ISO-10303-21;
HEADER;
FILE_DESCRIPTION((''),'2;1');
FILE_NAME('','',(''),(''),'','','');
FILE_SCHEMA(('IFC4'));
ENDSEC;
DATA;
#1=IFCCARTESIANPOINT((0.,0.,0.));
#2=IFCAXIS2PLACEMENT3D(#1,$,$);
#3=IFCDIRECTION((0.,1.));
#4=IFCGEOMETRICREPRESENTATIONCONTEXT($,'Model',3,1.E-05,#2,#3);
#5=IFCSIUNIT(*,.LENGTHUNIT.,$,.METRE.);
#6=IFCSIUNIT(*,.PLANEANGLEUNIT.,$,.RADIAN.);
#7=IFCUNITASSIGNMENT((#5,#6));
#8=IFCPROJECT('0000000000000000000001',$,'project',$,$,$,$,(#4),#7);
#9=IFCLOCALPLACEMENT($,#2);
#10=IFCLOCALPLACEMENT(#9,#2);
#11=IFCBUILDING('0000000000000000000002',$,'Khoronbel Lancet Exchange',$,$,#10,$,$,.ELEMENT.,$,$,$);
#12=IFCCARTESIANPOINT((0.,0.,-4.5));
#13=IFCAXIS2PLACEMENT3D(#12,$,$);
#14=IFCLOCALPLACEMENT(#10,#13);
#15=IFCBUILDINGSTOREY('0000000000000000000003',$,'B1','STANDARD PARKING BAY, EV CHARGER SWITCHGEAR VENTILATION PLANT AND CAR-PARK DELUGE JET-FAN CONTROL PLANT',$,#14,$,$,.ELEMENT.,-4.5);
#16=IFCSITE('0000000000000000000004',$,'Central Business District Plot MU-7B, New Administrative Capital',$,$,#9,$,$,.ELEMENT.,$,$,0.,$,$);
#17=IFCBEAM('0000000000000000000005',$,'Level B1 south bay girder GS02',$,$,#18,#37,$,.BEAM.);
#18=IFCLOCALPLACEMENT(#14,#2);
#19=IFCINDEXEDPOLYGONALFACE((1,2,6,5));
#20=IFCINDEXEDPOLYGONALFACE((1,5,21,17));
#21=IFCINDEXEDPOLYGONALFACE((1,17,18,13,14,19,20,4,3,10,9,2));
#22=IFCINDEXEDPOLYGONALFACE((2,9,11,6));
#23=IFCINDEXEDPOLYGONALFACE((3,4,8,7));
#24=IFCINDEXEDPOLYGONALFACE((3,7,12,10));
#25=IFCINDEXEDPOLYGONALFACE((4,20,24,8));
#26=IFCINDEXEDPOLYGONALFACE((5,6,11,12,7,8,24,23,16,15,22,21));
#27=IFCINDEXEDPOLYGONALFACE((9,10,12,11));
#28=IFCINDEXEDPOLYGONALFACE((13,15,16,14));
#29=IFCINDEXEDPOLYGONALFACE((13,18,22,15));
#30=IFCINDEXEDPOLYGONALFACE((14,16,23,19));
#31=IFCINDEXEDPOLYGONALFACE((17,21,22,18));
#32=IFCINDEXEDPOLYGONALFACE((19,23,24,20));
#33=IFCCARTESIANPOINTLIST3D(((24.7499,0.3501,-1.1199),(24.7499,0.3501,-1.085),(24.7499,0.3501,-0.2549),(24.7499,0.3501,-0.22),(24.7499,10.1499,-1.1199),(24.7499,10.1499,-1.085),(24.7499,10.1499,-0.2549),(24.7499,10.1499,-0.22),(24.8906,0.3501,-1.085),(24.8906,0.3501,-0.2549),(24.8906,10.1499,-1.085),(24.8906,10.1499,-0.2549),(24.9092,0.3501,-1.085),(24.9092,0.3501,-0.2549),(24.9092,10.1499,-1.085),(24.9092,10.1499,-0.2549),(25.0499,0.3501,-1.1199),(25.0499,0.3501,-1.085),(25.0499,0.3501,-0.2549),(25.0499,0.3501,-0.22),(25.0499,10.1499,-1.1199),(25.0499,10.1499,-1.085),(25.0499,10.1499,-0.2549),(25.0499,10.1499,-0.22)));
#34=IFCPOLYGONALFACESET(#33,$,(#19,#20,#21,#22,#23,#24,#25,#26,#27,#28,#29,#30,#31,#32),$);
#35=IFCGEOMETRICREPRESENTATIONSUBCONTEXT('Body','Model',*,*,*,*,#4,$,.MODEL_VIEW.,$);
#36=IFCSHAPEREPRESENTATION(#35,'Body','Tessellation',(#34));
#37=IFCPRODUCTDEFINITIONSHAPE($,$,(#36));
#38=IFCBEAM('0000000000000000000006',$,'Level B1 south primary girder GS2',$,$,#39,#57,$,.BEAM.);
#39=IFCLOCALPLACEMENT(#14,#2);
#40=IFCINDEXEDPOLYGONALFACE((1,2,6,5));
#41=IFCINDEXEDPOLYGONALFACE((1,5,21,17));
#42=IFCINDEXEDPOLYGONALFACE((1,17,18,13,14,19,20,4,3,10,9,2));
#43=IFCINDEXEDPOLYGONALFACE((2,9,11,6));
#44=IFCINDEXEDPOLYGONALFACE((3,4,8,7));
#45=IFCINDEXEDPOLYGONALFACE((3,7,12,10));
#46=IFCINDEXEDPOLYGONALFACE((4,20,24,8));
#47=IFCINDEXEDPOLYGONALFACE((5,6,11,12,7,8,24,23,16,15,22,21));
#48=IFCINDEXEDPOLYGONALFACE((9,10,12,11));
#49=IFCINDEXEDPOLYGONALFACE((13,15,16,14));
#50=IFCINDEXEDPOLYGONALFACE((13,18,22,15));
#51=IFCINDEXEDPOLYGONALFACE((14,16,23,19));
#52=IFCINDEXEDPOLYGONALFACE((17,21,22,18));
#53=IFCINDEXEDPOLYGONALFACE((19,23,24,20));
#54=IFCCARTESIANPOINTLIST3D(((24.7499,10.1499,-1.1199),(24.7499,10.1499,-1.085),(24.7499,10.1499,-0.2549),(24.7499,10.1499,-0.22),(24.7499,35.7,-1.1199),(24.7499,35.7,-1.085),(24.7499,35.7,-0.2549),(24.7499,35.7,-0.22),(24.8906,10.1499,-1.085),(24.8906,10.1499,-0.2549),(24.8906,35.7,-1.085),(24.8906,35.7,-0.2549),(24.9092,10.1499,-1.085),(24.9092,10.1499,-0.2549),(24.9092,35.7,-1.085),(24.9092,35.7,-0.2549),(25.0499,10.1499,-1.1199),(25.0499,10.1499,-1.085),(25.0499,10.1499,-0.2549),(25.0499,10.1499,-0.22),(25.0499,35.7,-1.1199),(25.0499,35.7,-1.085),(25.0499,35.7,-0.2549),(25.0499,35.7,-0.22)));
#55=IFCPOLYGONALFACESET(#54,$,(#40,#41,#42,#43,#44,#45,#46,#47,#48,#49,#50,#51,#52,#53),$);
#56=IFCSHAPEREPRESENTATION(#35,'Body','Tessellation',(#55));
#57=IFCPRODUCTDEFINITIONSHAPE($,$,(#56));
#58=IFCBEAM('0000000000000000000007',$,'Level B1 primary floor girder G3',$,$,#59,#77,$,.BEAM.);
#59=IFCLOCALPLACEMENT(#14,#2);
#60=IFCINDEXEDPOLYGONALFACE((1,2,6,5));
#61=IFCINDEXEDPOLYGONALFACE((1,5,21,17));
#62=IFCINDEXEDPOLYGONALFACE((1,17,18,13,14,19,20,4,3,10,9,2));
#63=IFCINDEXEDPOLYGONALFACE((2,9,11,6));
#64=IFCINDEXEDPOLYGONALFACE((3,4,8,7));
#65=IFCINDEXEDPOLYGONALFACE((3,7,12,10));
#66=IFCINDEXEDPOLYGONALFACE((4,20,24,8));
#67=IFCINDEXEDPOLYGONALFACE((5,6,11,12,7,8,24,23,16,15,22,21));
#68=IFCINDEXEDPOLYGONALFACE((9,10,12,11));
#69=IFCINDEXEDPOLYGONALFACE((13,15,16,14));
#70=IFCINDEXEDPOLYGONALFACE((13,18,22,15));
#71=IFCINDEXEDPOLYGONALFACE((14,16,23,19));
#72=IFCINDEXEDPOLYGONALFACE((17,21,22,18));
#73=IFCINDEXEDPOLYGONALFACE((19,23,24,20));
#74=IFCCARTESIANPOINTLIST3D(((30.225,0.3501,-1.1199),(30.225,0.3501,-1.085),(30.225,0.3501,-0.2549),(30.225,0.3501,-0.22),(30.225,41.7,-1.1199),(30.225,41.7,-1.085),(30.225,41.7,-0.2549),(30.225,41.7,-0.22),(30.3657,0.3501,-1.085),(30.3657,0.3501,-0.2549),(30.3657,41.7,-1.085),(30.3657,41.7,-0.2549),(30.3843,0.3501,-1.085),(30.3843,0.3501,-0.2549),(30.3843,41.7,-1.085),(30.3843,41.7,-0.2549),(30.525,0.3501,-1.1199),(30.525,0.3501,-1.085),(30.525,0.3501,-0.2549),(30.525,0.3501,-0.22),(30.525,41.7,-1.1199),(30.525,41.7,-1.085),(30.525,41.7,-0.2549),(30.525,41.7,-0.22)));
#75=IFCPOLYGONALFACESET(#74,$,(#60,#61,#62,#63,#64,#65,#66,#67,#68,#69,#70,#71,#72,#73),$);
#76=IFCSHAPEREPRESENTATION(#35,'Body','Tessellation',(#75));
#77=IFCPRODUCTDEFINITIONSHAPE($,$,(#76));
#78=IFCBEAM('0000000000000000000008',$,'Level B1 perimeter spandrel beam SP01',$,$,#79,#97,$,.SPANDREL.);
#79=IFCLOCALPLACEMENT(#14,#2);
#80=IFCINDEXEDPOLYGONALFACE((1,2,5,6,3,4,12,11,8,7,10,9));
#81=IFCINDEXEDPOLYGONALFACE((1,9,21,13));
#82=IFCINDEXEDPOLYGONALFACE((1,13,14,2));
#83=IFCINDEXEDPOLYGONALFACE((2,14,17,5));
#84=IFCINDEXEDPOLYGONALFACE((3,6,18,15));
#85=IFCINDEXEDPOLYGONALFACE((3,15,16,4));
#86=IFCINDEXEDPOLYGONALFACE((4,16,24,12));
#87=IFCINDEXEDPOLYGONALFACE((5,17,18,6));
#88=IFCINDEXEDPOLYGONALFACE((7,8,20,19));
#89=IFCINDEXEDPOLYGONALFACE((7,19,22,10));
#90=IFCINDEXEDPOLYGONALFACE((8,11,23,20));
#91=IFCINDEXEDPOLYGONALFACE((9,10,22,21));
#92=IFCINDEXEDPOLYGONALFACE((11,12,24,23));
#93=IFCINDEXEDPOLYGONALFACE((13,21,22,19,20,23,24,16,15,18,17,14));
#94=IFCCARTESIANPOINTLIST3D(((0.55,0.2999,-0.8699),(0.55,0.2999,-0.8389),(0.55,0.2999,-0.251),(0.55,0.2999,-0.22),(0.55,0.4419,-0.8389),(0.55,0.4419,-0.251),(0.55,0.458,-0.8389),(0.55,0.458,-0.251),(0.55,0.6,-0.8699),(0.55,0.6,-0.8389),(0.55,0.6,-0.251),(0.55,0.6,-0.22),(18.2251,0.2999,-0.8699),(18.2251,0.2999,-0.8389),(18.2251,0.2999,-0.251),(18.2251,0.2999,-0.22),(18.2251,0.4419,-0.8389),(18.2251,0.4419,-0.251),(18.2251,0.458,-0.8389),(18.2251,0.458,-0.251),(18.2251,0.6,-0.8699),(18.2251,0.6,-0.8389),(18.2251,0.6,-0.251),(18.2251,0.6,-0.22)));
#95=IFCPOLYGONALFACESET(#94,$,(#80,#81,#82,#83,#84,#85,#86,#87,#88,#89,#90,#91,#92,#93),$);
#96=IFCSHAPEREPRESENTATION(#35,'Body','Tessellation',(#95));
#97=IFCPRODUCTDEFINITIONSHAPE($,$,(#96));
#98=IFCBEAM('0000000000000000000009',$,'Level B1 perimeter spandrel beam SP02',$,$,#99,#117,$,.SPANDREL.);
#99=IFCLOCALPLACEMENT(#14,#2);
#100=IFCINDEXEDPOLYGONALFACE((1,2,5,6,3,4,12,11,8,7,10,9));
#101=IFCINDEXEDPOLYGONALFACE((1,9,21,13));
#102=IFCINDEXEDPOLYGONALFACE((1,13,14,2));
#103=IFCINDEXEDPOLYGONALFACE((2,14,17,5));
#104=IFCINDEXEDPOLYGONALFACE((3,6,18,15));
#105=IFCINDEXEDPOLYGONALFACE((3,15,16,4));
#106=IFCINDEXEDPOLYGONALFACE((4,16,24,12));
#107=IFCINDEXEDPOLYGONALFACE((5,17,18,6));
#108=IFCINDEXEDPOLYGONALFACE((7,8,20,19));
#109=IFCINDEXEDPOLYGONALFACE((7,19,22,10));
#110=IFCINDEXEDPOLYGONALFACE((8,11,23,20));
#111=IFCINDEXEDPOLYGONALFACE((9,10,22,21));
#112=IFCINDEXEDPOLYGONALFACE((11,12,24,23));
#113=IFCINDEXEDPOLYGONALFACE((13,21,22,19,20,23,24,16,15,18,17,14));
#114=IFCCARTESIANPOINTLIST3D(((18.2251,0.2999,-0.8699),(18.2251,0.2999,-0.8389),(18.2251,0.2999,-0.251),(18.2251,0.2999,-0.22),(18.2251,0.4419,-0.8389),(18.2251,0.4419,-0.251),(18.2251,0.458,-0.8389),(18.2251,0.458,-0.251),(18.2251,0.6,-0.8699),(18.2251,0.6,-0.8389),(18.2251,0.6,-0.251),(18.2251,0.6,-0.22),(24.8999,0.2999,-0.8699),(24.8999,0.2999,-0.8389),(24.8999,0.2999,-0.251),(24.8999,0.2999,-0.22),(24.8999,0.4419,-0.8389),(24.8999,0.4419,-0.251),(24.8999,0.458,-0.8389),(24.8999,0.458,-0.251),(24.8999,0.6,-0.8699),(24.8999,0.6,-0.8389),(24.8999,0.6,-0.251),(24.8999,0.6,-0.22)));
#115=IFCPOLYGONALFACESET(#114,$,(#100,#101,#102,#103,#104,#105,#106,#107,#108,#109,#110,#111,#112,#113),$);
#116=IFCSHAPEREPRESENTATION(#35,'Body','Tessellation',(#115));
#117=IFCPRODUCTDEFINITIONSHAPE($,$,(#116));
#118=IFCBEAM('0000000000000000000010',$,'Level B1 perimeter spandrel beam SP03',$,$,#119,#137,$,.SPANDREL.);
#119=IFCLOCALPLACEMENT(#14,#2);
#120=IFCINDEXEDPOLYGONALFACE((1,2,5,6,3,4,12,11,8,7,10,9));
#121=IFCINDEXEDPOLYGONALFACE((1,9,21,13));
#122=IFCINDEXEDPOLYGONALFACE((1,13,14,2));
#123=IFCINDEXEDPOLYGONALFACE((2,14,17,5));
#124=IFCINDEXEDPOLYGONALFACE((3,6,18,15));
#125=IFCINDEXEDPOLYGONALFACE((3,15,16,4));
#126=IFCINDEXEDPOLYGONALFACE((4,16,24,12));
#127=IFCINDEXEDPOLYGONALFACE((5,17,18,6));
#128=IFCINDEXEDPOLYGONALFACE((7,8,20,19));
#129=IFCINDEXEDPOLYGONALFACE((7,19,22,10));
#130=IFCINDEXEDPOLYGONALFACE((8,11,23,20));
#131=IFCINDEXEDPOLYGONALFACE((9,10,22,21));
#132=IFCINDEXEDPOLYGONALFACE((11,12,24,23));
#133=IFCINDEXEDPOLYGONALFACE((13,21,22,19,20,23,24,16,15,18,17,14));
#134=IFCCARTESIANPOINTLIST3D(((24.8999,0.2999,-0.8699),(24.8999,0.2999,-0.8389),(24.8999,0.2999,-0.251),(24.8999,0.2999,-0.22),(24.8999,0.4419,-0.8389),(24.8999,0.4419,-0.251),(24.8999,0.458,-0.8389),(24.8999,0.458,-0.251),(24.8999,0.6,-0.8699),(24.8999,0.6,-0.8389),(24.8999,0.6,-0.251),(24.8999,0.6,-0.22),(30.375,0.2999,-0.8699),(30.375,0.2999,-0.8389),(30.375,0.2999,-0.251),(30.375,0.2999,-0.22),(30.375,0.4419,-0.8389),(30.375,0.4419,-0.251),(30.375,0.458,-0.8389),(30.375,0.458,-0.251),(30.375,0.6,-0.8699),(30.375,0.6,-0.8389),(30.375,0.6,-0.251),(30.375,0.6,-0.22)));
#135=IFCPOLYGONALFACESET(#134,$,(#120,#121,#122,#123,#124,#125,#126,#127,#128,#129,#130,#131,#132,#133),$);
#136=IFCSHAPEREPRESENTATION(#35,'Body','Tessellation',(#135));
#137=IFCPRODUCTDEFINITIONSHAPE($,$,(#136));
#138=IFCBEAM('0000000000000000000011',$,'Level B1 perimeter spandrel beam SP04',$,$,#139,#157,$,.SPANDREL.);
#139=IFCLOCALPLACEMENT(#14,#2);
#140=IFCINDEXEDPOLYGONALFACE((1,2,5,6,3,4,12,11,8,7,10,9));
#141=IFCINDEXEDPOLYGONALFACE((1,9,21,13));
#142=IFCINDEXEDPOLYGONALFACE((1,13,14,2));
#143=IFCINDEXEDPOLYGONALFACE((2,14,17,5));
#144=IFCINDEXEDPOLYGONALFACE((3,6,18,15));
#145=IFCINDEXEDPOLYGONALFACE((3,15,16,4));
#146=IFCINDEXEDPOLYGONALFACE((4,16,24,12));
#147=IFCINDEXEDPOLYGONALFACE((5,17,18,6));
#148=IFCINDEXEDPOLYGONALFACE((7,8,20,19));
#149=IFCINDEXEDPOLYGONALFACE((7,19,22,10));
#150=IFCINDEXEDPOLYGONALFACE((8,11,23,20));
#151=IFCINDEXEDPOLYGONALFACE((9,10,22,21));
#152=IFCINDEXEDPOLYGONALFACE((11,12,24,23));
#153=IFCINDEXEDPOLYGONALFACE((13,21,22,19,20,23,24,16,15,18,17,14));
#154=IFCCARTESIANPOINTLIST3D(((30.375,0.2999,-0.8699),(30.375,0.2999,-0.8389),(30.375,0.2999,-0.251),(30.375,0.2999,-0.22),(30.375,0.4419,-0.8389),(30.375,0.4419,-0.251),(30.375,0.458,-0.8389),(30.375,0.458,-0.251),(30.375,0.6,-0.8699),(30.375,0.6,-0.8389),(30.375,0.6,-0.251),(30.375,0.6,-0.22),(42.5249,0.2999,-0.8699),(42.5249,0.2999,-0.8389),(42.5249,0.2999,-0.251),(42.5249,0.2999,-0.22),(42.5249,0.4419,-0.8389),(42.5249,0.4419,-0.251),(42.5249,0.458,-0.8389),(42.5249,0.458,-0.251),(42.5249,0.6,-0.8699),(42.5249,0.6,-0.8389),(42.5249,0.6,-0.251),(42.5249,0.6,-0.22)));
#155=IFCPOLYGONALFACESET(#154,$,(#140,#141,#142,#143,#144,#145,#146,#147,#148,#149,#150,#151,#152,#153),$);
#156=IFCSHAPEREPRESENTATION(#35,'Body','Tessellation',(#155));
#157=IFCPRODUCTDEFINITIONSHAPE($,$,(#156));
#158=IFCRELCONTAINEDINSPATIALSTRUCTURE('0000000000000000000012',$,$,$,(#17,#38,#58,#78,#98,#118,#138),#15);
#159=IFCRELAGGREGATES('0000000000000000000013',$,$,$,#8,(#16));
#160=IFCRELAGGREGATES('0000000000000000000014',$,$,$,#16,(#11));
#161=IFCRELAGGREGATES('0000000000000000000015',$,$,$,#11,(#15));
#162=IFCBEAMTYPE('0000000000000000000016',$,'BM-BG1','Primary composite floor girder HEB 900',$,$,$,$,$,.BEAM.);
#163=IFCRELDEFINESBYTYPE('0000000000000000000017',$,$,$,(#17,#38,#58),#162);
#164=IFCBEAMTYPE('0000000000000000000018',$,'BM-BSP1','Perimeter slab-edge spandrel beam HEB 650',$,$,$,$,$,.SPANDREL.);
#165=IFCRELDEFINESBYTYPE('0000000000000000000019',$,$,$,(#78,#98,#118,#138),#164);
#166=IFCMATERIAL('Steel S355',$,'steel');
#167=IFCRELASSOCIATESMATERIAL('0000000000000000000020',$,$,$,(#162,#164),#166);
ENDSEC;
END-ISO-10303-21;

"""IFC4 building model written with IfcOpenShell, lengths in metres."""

from ifc_helpers import new_model, si_unit, direction, frame, origin, origin_2d, place, context, subcontext, project, spatial, i_section, extrude, material, material_profile, profile_set, type_object, element, save


model = new_model("IFC4")

# Units and contexts
model_context = context("Model", 3, precision=1e-05, world=origin(), true_north=direction((0.0, 1.0)))
body_context = subcontext(model_context, "Body", "Model", "MODEL_VIEW")
ifc_project = project(units=[si_unit("LENGTHUNIT", "METRE"), si_unit("PLANEANGLEUNIT", "RADIAN")], contexts=[model_context])

# Site, building, storey
site_placement = place(None, origin())
site = spatial("IfcSite", under=ifc_project, at=site_placement, Name="Central Business District Plot MU-7B, New Administrative Capital", CompositionType="ELEMENT", RefElevation=0.0)
building_placement = place(site_placement, origin())
building = spatial("IfcBuilding", under=site, at=building_placement, Name="Khoronbel Lancet Exchange", CompositionType="ELEMENT")
storey_placement = place(building_placement, frame((0.0, 0.0, -4.5)))
storey = spatial("IfcBuildingStorey", under=building, at=storey_placement, Name="B1", Description="STANDARD PARKING BAY, EV CHARGER SWITCHGEAR VENTILATION PLANT AND CAR-PARK DELUGE JET-FAN CONTROL PLANT", CompositionType="ELEMENT", Elevation=-4.5)

# Beams
ifc_material_1 = material(Name="Steel S355", Category="steel")
ifc_material_profile_1 = material_profile(ifc_material_1, i_section(OverallWidth=0.3, OverallDepth=0.8999, WebThickness=0.0186, FlangeThickness=0.0349, at=origin_2d()), Name="HEB 900")
ifc_profile_set_1 = profile_set([ifc_material_profile_1], Name="Steel S355")
beam_type_1 = type_object("IfcBeamType", Name="BM-BG1", Description="Primary composite floor girder HEB 900", PredefinedType="BEAM", material=ifc_profile_set_1)
beam_1_placement = place(storey_placement, frame((24.8999, 0.3501, -0.6699), z_axis=(0.0, 1.0, 0.0), x_axis=(-1.0, 0.0, 0.0)))
element("IfcBeam", 1, at=beam_1_placement, inside=storey, type_object=beam_type_1, Name="Level B1 south bay girder GS02", PredefinedType="BEAM", context=body_context, shape_type="SweptSolid", body=[
    extrude(i_section(OverallWidth=0.3, OverallDepth=0.8999, WebThickness=0.0186, FlangeThickness=0.0349, at=origin_2d()), origin(), (0.0, 0.0, 1.0), 9.7998),
])
beam_2_placement = place(storey_placement, frame((24.8999, 10.1499, -0.6699), z_axis=(0.0, 1.0, 0.0), x_axis=(-1.0, 0.0, 0.0)))
element("IfcBeam", 2, at=beam_2_placement, inside=storey, type_object=beam_type_1, Name="Level B1 south primary girder GS2", PredefinedType="BEAM", context=body_context, shape_type="SweptSolid", body=[
    extrude(i_section(OverallWidth=0.3, OverallDepth=0.8999, WebThickness=0.0186, FlangeThickness=0.0349, at=origin_2d()), origin(), (0.0, 0.0, 1.0), 25.55),
])
beam_3_placement = place(storey_placement, frame((30.375, 0.3501, -0.6699), z_axis=(0.0, 1.0, 0.0), x_axis=(-1.0, 0.0, 0.0)))
element("IfcBeam", 3, at=beam_3_placement, inside=storey, type_object=beam_type_1, Name="Level B1 primary floor girder G3", PredefinedType="BEAM", context=body_context, shape_type="SweptSolid", body=[
    extrude(i_section(OverallWidth=0.3, OverallDepth=0.8999, WebThickness=0.0186, FlangeThickness=0.0349, at=origin_2d()), origin(), (0.0, 0.0, 1.0), 41.3499),
])
ifc_material_profile_2 = material_profile(ifc_material_1, i_section(OverallWidth=0.3, OverallDepth=0.6499, WebThickness=0.0161, FlangeThickness=0.031, at=origin_2d()), Name="HEB 650")
ifc_profile_set_2 = profile_set([ifc_material_profile_2], Name="Steel S355")
beam_type_2 = type_object("IfcBeamType", Name="BM-BSP1", Description="Perimeter slab-edge spandrel beam HEB 650", PredefinedType="SPANDREL", material=ifc_profile_set_2)
beam_4_placement = place(storey_placement, frame((0.55, 0.45, -0.5449), z_axis=(1.0, 0.0, 0.0), x_axis=(0.0, 1.0, 0.0)))
element("IfcBeam", 4, at=beam_4_placement, inside=storey, type_object=beam_type_2, Name="Level B1 perimeter spandrel beam SP01", PredefinedType="SPANDREL", context=body_context, shape_type="SweptSolid", body=[
    extrude(i_section(OverallWidth=0.3, OverallDepth=0.6499, WebThickness=0.0161, FlangeThickness=0.031, at=origin_2d()), origin(), (0.0, 0.0, 1.0), 17.675),
])
beam_5_placement = place(storey_placement, frame((18.2251, 0.45, -0.5449), z_axis=(1.0, 0.0, 0.0), x_axis=(0.0, 1.0, 0.0)))
element("IfcBeam", 5, at=beam_5_placement, inside=storey, type_object=beam_type_2, Name="Level B1 perimeter spandrel beam SP02", PredefinedType="SPANDREL", context=body_context, shape_type="SweptSolid", body=[
    extrude(i_section(OverallWidth=0.3, OverallDepth=0.6499, WebThickness=0.0161, FlangeThickness=0.031, at=origin_2d()), origin(), (0.0, 0.0, 1.0), 6.6748),
])
beam_6_placement = place(storey_placement, frame((24.8999, 0.45, -0.5449), z_axis=(1.0, 0.0, 0.0), x_axis=(0.0, 1.0, 0.0)))
element("IfcBeam", 6, at=beam_6_placement, inside=storey, type_object=beam_type_2, Name="Level B1 perimeter spandrel beam SP03", PredefinedType="SPANDREL", context=body_context, shape_type="SweptSolid", body=[
    extrude(i_section(OverallWidth=0.3, OverallDepth=0.6499, WebThickness=0.0161, FlangeThickness=0.031, at=origin_2d()), origin(), (0.0, 0.0, 1.0), 5.4751),
])
beam_7_placement = place(storey_placement, frame((30.375, 0.45, -0.5449), z_axis=(1.0, 0.0, 0.0), x_axis=(0.0, 1.0, 0.0)))
element("IfcBeam", 7, at=beam_7_placement, inside=storey, type_object=beam_type_2, Name="Level B1 perimeter spandrel beam SP04", PredefinedType="SPANDREL", context=body_context, shape_type="SweptSolid", body=[
    extrude(i_section(OverallWidth=0.3, OverallDepth=0.6499, WebThickness=0.0161, FlangeThickness=0.031, at=origin_2d()), origin(), (0.0, 0.0, 1.0), 12.1499),
])

save(model, "model.ifc")
